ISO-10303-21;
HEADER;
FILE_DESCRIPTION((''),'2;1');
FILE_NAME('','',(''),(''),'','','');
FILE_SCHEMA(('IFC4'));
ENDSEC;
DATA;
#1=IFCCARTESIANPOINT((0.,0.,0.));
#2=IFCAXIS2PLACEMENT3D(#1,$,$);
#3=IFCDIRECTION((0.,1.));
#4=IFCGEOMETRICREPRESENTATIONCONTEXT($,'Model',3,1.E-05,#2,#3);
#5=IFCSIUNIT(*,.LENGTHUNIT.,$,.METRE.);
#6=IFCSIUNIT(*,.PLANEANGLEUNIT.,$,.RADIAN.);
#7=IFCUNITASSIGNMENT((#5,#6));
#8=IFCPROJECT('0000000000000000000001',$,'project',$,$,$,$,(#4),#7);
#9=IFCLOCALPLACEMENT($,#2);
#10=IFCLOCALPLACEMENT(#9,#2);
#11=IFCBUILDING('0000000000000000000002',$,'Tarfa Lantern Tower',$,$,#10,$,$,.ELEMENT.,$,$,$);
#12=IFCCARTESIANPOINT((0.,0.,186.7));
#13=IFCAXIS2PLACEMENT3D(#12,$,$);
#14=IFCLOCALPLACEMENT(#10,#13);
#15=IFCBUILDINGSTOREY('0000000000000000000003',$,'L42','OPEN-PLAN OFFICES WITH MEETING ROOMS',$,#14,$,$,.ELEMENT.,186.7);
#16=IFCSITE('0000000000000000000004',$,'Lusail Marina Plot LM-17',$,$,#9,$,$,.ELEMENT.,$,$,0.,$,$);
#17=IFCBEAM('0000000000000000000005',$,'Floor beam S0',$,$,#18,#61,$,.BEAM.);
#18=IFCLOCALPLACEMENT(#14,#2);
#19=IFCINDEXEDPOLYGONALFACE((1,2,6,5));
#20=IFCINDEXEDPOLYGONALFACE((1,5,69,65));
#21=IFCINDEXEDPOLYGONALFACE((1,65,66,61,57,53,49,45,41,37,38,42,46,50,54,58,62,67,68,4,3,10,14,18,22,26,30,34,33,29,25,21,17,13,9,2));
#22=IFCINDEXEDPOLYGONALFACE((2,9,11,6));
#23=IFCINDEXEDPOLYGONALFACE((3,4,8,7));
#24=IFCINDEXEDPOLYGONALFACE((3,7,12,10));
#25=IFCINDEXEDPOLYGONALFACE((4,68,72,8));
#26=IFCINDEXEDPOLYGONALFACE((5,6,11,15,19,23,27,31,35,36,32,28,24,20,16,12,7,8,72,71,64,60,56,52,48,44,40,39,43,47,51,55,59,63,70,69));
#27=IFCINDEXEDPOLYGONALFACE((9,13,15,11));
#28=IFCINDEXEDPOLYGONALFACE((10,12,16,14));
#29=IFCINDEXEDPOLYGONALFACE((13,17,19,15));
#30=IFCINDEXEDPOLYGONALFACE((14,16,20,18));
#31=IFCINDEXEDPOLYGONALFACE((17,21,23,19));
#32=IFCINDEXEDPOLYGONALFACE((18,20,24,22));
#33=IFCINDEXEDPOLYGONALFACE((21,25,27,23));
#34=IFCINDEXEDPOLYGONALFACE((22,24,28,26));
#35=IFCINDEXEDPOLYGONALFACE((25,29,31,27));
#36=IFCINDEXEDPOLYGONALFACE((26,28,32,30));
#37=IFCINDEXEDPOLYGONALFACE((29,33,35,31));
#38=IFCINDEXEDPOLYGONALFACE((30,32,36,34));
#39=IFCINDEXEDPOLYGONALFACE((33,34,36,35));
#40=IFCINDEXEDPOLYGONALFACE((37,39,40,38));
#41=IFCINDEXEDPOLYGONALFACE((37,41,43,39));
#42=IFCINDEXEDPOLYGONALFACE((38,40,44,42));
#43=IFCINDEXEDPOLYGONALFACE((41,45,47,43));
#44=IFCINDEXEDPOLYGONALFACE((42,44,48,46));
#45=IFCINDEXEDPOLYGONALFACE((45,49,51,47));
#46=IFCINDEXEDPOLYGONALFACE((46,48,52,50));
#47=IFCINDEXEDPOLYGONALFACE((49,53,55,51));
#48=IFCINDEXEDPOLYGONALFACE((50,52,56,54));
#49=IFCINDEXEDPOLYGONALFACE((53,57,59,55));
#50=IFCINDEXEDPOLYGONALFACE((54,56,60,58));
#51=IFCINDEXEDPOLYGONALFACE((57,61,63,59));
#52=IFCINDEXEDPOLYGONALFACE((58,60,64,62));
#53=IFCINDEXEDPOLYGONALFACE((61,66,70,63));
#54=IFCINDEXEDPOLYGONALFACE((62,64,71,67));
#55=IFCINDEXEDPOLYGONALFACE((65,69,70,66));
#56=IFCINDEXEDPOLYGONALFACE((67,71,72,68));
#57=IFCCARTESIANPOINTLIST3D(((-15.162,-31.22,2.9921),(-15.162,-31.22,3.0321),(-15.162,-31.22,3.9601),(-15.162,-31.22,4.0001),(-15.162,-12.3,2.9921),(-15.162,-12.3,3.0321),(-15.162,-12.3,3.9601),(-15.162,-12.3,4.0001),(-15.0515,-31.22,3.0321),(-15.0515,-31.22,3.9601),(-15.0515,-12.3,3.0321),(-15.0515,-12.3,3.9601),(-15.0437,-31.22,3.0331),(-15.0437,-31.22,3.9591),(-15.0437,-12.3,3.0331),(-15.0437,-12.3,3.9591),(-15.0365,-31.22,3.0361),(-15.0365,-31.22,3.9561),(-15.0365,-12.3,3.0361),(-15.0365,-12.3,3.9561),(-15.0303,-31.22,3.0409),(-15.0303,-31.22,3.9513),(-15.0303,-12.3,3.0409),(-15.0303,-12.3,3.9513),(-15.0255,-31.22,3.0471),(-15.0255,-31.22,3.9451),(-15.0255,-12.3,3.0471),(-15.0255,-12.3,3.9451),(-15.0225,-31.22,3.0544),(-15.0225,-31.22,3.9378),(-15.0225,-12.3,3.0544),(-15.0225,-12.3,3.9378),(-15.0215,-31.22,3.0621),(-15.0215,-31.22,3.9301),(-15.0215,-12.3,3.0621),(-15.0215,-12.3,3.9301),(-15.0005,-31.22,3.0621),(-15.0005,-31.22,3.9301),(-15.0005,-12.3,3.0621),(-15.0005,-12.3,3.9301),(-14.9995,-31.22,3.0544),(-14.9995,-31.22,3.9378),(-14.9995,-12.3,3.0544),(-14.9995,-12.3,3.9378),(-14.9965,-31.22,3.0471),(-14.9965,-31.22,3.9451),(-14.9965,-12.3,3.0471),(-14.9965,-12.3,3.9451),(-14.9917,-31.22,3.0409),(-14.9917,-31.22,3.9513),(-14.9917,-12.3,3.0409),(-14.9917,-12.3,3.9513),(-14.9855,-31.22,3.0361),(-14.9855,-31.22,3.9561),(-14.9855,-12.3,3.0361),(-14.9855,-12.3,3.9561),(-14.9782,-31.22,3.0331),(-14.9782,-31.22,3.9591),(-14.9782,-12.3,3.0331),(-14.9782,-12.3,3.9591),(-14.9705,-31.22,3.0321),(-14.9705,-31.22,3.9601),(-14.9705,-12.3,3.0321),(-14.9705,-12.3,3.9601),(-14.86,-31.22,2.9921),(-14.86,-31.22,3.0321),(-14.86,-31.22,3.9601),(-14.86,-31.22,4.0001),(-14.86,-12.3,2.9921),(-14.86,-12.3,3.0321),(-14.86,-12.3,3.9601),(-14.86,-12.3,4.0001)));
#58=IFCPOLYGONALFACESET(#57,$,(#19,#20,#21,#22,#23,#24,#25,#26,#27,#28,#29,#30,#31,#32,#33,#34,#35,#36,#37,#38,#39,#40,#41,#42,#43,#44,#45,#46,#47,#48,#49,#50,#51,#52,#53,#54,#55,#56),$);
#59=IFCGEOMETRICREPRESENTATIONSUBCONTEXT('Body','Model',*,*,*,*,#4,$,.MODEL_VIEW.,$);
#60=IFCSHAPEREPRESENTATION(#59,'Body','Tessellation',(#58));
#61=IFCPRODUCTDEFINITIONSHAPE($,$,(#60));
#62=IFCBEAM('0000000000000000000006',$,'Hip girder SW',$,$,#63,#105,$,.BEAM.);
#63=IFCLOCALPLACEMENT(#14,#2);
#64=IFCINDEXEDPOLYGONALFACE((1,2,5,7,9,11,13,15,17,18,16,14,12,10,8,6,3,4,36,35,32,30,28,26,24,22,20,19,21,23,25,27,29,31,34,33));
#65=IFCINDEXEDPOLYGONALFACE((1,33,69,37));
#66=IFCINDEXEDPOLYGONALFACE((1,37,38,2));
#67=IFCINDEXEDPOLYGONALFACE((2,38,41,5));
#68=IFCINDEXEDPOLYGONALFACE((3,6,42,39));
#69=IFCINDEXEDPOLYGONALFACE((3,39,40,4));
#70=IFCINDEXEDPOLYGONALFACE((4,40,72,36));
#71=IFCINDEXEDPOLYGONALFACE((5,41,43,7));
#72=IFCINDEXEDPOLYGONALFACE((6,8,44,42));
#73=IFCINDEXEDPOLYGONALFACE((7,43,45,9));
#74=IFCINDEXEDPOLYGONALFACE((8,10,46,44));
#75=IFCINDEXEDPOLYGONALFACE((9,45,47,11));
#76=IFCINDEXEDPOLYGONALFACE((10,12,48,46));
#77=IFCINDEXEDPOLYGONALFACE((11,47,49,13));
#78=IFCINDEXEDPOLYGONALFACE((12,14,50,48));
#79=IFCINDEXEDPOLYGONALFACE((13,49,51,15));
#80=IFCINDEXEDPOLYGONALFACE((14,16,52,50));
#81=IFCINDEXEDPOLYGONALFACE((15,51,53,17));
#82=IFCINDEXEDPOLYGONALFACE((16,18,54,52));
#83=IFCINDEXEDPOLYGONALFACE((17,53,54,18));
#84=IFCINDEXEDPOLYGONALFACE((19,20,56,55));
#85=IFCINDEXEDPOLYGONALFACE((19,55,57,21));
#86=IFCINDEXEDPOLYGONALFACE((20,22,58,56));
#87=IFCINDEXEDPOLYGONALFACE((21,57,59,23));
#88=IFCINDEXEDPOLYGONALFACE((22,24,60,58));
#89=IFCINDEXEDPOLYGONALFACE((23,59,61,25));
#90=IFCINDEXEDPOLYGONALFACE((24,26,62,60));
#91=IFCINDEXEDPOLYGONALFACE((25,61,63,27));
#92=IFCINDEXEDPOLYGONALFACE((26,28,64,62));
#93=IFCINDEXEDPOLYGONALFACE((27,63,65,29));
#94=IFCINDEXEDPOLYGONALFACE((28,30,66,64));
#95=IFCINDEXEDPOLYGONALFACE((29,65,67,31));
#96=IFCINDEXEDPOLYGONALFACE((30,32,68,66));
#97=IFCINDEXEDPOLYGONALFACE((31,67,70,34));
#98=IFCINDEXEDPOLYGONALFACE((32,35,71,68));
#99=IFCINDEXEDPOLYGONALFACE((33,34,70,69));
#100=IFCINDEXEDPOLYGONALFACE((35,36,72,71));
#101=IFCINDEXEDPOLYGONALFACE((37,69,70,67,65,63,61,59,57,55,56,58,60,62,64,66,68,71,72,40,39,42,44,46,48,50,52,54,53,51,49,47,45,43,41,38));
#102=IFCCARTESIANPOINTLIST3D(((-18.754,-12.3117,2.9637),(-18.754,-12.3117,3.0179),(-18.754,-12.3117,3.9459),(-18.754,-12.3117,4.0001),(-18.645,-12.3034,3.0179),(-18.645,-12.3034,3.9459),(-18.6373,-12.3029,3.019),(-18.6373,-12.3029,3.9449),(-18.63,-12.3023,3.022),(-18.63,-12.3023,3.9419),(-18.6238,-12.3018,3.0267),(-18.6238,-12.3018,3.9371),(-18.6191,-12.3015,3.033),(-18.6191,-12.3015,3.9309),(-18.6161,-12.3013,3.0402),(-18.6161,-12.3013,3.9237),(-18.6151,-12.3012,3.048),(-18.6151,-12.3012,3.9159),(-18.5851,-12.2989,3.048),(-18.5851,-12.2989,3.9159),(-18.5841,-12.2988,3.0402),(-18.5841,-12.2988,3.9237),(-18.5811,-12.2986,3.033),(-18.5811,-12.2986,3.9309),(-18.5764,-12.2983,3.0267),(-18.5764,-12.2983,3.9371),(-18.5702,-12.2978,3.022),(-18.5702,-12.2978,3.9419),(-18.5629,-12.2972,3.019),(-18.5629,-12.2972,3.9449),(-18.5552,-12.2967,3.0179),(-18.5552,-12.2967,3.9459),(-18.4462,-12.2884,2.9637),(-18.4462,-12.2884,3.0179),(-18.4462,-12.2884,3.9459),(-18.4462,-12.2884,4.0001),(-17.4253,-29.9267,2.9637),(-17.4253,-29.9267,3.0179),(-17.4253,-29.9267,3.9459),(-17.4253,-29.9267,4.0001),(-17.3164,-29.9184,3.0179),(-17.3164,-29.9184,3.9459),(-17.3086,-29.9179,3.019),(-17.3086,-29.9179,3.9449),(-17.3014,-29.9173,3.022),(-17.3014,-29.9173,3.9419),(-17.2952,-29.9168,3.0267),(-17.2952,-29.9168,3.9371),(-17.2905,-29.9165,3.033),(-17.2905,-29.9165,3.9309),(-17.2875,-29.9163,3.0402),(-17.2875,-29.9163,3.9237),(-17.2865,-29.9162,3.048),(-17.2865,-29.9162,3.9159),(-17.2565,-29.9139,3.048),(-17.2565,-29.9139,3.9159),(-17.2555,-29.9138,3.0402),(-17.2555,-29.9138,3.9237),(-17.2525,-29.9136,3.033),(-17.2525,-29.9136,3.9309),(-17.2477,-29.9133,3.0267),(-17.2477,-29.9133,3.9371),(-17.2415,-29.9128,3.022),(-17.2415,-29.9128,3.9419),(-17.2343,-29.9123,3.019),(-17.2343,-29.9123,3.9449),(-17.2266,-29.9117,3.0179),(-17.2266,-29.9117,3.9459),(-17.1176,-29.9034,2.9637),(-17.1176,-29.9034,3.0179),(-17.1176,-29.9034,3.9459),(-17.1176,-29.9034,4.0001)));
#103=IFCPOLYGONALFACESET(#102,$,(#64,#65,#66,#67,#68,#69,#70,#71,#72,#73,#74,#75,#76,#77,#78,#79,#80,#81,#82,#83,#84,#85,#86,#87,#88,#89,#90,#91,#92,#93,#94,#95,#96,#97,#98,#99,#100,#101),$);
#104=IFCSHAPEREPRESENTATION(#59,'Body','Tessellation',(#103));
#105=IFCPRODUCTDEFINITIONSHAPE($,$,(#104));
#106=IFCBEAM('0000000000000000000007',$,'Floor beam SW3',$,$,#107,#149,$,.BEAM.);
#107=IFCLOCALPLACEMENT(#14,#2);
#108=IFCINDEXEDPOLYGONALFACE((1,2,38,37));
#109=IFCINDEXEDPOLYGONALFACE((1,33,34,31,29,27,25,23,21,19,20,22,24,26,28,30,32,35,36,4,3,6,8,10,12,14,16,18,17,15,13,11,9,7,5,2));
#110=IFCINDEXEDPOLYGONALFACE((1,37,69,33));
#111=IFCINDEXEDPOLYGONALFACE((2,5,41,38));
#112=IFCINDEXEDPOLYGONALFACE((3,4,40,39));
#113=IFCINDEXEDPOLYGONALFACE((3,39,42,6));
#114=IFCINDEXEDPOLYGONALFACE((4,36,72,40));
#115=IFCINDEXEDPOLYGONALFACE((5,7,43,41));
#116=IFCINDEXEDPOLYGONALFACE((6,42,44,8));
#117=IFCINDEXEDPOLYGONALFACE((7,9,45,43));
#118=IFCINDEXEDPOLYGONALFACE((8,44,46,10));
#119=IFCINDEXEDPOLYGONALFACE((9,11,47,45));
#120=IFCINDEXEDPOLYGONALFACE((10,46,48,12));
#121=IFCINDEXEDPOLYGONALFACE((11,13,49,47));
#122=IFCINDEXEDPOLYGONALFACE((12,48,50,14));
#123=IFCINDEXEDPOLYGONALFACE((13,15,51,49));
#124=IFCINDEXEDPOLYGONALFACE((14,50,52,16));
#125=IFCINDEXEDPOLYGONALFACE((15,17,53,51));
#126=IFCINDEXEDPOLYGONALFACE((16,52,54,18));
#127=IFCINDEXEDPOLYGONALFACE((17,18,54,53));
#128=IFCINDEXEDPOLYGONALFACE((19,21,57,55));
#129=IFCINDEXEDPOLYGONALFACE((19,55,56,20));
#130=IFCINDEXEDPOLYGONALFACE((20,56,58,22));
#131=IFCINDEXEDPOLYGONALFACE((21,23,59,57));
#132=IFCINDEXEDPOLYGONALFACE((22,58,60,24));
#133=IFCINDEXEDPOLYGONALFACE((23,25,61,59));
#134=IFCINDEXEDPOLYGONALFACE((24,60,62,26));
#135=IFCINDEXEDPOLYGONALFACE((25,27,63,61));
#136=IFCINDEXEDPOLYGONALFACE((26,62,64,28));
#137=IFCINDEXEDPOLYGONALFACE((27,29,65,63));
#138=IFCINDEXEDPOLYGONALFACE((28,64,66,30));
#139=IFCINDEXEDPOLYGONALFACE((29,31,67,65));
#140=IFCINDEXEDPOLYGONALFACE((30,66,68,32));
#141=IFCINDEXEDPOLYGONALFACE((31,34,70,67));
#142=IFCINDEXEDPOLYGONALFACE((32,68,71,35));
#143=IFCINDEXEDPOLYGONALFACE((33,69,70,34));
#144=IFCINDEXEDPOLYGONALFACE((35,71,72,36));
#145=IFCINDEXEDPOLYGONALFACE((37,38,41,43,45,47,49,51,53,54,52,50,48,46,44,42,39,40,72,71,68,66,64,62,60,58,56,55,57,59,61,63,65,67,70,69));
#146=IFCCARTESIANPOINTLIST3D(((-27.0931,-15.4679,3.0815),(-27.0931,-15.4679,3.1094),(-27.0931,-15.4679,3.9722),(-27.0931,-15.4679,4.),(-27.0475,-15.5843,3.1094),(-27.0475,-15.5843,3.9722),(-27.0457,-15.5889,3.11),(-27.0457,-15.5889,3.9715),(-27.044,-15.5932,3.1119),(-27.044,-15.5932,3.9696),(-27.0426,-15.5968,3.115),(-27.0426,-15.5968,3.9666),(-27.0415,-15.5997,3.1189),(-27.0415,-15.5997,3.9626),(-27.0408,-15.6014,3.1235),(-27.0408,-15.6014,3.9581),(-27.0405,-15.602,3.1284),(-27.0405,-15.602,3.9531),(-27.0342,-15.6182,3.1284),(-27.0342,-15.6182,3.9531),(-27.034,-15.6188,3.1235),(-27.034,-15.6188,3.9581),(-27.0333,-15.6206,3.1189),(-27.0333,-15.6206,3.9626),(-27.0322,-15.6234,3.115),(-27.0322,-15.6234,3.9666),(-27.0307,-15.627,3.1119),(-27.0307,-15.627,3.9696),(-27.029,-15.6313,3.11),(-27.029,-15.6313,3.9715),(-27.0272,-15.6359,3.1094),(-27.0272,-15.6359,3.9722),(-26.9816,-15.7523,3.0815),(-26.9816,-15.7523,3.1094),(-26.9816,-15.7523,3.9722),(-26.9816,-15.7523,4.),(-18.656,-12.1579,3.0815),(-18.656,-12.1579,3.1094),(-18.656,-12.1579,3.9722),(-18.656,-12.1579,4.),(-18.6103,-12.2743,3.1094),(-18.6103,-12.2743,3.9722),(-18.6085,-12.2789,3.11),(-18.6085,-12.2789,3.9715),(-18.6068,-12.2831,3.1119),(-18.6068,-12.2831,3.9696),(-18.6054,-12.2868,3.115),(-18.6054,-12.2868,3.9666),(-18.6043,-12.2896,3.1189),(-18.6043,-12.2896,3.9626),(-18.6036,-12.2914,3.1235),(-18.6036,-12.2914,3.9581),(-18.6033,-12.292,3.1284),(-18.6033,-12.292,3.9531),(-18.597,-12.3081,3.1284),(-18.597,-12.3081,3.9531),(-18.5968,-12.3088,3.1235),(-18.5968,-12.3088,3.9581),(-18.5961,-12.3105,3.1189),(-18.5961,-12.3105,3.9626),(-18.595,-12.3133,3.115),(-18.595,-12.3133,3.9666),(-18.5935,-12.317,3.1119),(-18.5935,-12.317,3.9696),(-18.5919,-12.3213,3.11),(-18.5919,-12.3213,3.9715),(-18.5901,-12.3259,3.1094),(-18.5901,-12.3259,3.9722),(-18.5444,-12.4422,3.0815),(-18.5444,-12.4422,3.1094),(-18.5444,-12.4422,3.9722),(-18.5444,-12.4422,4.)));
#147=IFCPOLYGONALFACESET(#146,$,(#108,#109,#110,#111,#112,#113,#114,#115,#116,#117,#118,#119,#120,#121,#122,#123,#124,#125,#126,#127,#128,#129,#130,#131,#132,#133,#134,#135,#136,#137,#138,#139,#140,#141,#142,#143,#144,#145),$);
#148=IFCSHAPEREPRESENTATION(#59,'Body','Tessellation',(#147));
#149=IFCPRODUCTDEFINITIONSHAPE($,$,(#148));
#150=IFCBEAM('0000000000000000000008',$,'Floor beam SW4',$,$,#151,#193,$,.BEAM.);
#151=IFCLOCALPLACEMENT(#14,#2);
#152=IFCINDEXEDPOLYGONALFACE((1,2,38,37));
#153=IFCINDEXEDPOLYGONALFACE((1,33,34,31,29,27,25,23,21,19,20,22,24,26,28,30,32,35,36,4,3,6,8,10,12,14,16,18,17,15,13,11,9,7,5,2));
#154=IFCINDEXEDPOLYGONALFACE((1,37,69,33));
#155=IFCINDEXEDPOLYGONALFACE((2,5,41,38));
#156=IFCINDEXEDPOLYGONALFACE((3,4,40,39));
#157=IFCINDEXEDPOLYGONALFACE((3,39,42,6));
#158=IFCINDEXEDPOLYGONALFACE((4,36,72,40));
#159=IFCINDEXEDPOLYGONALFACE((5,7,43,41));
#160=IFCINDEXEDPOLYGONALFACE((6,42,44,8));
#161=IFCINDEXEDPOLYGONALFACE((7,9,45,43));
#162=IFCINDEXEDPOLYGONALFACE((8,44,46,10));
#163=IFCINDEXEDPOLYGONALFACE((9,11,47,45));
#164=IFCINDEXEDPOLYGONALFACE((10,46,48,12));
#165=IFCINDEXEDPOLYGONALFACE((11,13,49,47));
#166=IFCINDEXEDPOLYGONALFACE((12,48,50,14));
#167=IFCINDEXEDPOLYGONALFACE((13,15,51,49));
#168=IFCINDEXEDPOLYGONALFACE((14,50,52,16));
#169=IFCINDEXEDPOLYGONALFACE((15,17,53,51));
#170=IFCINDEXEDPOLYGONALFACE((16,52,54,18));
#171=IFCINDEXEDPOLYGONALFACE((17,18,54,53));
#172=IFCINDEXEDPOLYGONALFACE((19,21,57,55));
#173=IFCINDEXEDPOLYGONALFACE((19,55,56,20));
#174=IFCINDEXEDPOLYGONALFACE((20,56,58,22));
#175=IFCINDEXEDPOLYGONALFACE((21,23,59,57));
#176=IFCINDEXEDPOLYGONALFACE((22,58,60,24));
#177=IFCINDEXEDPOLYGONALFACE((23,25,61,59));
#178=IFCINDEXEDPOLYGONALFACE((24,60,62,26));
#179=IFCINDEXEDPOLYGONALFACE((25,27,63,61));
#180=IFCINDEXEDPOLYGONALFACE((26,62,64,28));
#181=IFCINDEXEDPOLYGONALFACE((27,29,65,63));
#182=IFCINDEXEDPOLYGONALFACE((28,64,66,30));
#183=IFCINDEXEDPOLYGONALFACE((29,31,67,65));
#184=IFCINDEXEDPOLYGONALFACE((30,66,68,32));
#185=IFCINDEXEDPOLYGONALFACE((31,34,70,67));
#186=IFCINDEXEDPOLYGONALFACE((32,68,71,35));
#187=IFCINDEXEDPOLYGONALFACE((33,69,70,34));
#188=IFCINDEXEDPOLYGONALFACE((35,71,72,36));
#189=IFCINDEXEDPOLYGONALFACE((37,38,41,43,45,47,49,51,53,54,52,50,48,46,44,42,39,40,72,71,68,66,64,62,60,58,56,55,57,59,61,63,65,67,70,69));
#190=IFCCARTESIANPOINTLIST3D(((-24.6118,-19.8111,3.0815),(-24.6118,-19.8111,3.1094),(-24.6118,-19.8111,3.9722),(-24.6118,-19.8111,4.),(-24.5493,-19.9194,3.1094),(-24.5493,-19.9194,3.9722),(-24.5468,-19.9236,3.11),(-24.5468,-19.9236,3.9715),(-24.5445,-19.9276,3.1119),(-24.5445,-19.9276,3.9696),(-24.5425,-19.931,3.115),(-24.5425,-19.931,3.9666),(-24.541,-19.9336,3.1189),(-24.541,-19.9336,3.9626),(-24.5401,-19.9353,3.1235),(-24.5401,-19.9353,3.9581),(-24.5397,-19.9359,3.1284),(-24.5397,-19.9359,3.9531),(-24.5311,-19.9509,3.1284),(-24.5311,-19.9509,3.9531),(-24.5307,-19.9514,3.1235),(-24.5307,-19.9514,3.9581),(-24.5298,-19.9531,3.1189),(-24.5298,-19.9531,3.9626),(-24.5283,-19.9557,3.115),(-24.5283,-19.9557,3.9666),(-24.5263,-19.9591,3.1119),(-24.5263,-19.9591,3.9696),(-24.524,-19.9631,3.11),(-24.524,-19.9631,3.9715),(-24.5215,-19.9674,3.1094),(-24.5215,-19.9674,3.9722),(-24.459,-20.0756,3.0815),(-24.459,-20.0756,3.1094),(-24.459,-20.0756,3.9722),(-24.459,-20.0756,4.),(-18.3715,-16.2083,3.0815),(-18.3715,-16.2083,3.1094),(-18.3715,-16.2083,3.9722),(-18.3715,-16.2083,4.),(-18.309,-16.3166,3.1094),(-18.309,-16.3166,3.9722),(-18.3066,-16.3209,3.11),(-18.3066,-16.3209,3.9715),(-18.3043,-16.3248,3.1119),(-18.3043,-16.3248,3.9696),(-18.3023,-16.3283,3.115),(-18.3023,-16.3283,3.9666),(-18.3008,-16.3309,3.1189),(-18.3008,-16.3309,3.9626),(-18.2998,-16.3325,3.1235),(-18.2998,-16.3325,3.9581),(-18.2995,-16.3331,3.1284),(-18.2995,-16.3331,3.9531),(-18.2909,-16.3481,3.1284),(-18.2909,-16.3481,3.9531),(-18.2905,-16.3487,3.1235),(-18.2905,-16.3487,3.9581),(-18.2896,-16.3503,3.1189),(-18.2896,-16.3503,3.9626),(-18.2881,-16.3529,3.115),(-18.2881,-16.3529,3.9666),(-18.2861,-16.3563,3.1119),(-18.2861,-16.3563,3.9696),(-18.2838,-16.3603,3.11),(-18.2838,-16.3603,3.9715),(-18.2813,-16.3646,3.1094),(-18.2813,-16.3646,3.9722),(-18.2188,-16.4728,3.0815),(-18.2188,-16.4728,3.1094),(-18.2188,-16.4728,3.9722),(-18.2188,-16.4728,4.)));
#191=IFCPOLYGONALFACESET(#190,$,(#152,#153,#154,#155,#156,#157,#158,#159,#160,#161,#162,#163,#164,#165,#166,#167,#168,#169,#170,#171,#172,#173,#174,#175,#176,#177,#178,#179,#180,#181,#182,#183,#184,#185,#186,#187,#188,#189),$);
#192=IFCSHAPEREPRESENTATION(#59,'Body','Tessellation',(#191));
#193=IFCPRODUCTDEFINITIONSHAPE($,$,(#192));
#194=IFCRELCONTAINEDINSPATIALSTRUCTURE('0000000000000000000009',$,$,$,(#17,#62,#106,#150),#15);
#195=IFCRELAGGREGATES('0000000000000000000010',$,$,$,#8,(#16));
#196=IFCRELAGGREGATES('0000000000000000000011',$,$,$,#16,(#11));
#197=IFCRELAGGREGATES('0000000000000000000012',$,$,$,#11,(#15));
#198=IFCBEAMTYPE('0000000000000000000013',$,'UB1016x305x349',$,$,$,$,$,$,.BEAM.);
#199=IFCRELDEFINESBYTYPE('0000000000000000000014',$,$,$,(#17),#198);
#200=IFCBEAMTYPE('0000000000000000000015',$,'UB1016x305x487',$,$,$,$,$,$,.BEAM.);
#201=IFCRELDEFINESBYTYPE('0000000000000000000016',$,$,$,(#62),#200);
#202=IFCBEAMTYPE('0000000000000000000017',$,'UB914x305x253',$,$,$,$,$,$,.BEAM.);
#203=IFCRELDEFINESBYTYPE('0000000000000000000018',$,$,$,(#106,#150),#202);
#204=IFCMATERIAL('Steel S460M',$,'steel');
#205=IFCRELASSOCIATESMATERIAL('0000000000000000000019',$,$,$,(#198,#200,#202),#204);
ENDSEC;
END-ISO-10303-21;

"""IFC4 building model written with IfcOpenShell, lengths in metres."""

from ifc_helpers import new_model, si_unit, direction, frame, origin, origin_2d, place, context, subcontext, project, spatial, i_section, extrude, material, material_profile, profile_set, type_object, element, save


model = new_model("IFC4")

# Units and contexts
model_context = context("Model", 3, precision=1e-05, world=origin(), true_north=direction((0.0, 1.0)))
body_context = subcontext(model_context, "Body", "Model", "MODEL_VIEW")
ifc_project = project(units=[si_unit("LENGTHUNIT", "METRE"), si_unit("PLANEANGLEUNIT", "RADIAN")], contexts=[model_context])

# Site, building, storey
site_placement = place(None, origin())
site = spatial("IfcSite", under=ifc_project, at=site_placement, Name="Lusail Marina Plot LM-17", CompositionType="ELEMENT", RefElevation=0.0)
building_placement = place(site_placement, origin())
building = spatial("IfcBuilding", under=site, at=building_placement, Name="Tarfa Lantern Tower", CompositionType="ELEMENT")
storey_placement = place(building_placement, frame((0.0, 0.0, 186.7)))
storey = spatial("IfcBuildingStorey", under=building, at=storey_placement, Name="L42", Description="OPEN-PLAN OFFICES WITH MEETING ROOMS", CompositionType="ELEMENT", Elevation=186.7)

# Beams
ifc_material_1 = material(Name="Steel S460M", Category="steel")
ifc_material_profile_1 = material_profile(ifc_material_1, i_section(OverallWidth=0.302, OverallDepth=1.0081, WebThickness=0.021, FlangeThickness=0.04, FilletRadius=0.03, at=origin_2d()), Name="UB1016x305x349")
ifc_profile_set_1 = profile_set([ifc_material_profile_1], Name="Steel S460M")
beam_type_1 = type_object("IfcBeamType", Name="UB1016x305x349", PredefinedType="BEAM", material=ifc_profile_set_1)
beam_1_placement = place(storey_placement, frame((-15.011, -31.22, 3.4961), z_axis=(0.0, 1.0, 0.0), x_axis=(-1.0, 0.0, 0.0)))
element("IfcBeam", 1, at=beam_1_placement, inside=storey, type_object=beam_type_1, Name="Floor beam S0", PredefinedType="BEAM", context=body_context, shape_type="SweptSolid", body=[
    extrude(i_section(OverallWidth=0.302, OverallDepth=1.0081, WebThickness=0.021, FlangeThickness=0.04, FilletRadius=0.03, at=origin_2d()), origin(), (0.0, 0.0, 1.0), 18.9199),
])
ifc_material_profile_2 = material_profile(ifc_material_1, i_section(OverallWidth=0.3086, OverallDepth=1.0364, WebThickness=0.03, FlangeThickness=0.0542, FilletRadius=0.03, at=origin_2d()), Name="UB1016x305x487")
ifc_profile_set_2 = profile_set([ifc_material_profile_2], Name="Steel S460M")
beam_type_2 = type_object("IfcBeamType", Name="UB1016x305x487", PredefinedType="BEAM", material=ifc_profile_set_2)
beam_2_placement = place(storey_placement, frame((-18.6001, -12.3, 3.4819), z_axis=(0.075212, -0.997168, 0.0), x_axis=(0.997168, 0.075212, 0.0)))
element("IfcBeam", 2, at=beam_2_placement, inside=storey, type_object=beam_type_2, Name="Hip girder SW", PredefinedType="BEAM", context=body_context, shape_type="SweptSolid", body=[
    extrude(i_section(OverallWidth=0.3086, OverallDepth=1.0364, WebThickness=0.03, FlangeThickness=0.0542, FilletRadius=0.03, at=origin_2d()), origin(), (0.0, 0.0, 1.0), 17.665),
])
ifc_material_profile_3 = material_profile(ifc_material_1, i_section(OverallWidth=0.3054, OverallDepth=0.9185, WebThickness=0.0173, FlangeThickness=0.0278, FilletRadius=0.019, at=origin_2d()), Name="UB914x305x253")
ifc_profile_set_3 = profile_set([ifc_material_profile_3], Name="Steel S460M")
beam_type_3 = type_object("IfcBeamType", Name="UB914x305x253", PredefinedType="BEAM", material=ifc_profile_set_3)
beam_3_placement = place(storey_placement, frame((-27.0374, -15.6101, 3.5408), z_axis=(0.930923, 0.365215, 0.0), x_axis=(-0.365215, 0.930923, 0.0)))
element("IfcBeam", 3, at=beam_3_placement, inside=storey, type_object=beam_type_3, Name="Floor beam SW3", PredefinedType="BEAM", context=body_context, shape_type="SweptSolid", body=[
    extrude(i_section(OverallWidth=0.3054, OverallDepth=0.9185, WebThickness=0.0173, FlangeThickness=0.0278, FilletRadius=0.019, at=origin_2d()), origin(), (0.0, 0.0, 1.0), 9.0632),
])
beam_4_placement = place(storey_placement, frame((-24.5354, -19.9434, 3.5408), z_axis=(0.866026, 0.499998, 0.0), x_axis=(-0.499998, 0.866026, 0.0)))
element("IfcBeam", 4, at=beam_4_placement, inside=storey, type_object=beam_type_3, Name="Floor beam SW4", PredefinedType="BEAM", context=body_context, shape_type="SweptSolid", body=[
    extrude(i_section(OverallWidth=0.3054, OverallDepth=0.9185, WebThickness=0.0173, FlangeThickness=0.0278, FilletRadius=0.019, at=origin_2d()), origin(), (0.0, 0.0, 1.0), 7.2056),
])

save(model, "model.ifc")
